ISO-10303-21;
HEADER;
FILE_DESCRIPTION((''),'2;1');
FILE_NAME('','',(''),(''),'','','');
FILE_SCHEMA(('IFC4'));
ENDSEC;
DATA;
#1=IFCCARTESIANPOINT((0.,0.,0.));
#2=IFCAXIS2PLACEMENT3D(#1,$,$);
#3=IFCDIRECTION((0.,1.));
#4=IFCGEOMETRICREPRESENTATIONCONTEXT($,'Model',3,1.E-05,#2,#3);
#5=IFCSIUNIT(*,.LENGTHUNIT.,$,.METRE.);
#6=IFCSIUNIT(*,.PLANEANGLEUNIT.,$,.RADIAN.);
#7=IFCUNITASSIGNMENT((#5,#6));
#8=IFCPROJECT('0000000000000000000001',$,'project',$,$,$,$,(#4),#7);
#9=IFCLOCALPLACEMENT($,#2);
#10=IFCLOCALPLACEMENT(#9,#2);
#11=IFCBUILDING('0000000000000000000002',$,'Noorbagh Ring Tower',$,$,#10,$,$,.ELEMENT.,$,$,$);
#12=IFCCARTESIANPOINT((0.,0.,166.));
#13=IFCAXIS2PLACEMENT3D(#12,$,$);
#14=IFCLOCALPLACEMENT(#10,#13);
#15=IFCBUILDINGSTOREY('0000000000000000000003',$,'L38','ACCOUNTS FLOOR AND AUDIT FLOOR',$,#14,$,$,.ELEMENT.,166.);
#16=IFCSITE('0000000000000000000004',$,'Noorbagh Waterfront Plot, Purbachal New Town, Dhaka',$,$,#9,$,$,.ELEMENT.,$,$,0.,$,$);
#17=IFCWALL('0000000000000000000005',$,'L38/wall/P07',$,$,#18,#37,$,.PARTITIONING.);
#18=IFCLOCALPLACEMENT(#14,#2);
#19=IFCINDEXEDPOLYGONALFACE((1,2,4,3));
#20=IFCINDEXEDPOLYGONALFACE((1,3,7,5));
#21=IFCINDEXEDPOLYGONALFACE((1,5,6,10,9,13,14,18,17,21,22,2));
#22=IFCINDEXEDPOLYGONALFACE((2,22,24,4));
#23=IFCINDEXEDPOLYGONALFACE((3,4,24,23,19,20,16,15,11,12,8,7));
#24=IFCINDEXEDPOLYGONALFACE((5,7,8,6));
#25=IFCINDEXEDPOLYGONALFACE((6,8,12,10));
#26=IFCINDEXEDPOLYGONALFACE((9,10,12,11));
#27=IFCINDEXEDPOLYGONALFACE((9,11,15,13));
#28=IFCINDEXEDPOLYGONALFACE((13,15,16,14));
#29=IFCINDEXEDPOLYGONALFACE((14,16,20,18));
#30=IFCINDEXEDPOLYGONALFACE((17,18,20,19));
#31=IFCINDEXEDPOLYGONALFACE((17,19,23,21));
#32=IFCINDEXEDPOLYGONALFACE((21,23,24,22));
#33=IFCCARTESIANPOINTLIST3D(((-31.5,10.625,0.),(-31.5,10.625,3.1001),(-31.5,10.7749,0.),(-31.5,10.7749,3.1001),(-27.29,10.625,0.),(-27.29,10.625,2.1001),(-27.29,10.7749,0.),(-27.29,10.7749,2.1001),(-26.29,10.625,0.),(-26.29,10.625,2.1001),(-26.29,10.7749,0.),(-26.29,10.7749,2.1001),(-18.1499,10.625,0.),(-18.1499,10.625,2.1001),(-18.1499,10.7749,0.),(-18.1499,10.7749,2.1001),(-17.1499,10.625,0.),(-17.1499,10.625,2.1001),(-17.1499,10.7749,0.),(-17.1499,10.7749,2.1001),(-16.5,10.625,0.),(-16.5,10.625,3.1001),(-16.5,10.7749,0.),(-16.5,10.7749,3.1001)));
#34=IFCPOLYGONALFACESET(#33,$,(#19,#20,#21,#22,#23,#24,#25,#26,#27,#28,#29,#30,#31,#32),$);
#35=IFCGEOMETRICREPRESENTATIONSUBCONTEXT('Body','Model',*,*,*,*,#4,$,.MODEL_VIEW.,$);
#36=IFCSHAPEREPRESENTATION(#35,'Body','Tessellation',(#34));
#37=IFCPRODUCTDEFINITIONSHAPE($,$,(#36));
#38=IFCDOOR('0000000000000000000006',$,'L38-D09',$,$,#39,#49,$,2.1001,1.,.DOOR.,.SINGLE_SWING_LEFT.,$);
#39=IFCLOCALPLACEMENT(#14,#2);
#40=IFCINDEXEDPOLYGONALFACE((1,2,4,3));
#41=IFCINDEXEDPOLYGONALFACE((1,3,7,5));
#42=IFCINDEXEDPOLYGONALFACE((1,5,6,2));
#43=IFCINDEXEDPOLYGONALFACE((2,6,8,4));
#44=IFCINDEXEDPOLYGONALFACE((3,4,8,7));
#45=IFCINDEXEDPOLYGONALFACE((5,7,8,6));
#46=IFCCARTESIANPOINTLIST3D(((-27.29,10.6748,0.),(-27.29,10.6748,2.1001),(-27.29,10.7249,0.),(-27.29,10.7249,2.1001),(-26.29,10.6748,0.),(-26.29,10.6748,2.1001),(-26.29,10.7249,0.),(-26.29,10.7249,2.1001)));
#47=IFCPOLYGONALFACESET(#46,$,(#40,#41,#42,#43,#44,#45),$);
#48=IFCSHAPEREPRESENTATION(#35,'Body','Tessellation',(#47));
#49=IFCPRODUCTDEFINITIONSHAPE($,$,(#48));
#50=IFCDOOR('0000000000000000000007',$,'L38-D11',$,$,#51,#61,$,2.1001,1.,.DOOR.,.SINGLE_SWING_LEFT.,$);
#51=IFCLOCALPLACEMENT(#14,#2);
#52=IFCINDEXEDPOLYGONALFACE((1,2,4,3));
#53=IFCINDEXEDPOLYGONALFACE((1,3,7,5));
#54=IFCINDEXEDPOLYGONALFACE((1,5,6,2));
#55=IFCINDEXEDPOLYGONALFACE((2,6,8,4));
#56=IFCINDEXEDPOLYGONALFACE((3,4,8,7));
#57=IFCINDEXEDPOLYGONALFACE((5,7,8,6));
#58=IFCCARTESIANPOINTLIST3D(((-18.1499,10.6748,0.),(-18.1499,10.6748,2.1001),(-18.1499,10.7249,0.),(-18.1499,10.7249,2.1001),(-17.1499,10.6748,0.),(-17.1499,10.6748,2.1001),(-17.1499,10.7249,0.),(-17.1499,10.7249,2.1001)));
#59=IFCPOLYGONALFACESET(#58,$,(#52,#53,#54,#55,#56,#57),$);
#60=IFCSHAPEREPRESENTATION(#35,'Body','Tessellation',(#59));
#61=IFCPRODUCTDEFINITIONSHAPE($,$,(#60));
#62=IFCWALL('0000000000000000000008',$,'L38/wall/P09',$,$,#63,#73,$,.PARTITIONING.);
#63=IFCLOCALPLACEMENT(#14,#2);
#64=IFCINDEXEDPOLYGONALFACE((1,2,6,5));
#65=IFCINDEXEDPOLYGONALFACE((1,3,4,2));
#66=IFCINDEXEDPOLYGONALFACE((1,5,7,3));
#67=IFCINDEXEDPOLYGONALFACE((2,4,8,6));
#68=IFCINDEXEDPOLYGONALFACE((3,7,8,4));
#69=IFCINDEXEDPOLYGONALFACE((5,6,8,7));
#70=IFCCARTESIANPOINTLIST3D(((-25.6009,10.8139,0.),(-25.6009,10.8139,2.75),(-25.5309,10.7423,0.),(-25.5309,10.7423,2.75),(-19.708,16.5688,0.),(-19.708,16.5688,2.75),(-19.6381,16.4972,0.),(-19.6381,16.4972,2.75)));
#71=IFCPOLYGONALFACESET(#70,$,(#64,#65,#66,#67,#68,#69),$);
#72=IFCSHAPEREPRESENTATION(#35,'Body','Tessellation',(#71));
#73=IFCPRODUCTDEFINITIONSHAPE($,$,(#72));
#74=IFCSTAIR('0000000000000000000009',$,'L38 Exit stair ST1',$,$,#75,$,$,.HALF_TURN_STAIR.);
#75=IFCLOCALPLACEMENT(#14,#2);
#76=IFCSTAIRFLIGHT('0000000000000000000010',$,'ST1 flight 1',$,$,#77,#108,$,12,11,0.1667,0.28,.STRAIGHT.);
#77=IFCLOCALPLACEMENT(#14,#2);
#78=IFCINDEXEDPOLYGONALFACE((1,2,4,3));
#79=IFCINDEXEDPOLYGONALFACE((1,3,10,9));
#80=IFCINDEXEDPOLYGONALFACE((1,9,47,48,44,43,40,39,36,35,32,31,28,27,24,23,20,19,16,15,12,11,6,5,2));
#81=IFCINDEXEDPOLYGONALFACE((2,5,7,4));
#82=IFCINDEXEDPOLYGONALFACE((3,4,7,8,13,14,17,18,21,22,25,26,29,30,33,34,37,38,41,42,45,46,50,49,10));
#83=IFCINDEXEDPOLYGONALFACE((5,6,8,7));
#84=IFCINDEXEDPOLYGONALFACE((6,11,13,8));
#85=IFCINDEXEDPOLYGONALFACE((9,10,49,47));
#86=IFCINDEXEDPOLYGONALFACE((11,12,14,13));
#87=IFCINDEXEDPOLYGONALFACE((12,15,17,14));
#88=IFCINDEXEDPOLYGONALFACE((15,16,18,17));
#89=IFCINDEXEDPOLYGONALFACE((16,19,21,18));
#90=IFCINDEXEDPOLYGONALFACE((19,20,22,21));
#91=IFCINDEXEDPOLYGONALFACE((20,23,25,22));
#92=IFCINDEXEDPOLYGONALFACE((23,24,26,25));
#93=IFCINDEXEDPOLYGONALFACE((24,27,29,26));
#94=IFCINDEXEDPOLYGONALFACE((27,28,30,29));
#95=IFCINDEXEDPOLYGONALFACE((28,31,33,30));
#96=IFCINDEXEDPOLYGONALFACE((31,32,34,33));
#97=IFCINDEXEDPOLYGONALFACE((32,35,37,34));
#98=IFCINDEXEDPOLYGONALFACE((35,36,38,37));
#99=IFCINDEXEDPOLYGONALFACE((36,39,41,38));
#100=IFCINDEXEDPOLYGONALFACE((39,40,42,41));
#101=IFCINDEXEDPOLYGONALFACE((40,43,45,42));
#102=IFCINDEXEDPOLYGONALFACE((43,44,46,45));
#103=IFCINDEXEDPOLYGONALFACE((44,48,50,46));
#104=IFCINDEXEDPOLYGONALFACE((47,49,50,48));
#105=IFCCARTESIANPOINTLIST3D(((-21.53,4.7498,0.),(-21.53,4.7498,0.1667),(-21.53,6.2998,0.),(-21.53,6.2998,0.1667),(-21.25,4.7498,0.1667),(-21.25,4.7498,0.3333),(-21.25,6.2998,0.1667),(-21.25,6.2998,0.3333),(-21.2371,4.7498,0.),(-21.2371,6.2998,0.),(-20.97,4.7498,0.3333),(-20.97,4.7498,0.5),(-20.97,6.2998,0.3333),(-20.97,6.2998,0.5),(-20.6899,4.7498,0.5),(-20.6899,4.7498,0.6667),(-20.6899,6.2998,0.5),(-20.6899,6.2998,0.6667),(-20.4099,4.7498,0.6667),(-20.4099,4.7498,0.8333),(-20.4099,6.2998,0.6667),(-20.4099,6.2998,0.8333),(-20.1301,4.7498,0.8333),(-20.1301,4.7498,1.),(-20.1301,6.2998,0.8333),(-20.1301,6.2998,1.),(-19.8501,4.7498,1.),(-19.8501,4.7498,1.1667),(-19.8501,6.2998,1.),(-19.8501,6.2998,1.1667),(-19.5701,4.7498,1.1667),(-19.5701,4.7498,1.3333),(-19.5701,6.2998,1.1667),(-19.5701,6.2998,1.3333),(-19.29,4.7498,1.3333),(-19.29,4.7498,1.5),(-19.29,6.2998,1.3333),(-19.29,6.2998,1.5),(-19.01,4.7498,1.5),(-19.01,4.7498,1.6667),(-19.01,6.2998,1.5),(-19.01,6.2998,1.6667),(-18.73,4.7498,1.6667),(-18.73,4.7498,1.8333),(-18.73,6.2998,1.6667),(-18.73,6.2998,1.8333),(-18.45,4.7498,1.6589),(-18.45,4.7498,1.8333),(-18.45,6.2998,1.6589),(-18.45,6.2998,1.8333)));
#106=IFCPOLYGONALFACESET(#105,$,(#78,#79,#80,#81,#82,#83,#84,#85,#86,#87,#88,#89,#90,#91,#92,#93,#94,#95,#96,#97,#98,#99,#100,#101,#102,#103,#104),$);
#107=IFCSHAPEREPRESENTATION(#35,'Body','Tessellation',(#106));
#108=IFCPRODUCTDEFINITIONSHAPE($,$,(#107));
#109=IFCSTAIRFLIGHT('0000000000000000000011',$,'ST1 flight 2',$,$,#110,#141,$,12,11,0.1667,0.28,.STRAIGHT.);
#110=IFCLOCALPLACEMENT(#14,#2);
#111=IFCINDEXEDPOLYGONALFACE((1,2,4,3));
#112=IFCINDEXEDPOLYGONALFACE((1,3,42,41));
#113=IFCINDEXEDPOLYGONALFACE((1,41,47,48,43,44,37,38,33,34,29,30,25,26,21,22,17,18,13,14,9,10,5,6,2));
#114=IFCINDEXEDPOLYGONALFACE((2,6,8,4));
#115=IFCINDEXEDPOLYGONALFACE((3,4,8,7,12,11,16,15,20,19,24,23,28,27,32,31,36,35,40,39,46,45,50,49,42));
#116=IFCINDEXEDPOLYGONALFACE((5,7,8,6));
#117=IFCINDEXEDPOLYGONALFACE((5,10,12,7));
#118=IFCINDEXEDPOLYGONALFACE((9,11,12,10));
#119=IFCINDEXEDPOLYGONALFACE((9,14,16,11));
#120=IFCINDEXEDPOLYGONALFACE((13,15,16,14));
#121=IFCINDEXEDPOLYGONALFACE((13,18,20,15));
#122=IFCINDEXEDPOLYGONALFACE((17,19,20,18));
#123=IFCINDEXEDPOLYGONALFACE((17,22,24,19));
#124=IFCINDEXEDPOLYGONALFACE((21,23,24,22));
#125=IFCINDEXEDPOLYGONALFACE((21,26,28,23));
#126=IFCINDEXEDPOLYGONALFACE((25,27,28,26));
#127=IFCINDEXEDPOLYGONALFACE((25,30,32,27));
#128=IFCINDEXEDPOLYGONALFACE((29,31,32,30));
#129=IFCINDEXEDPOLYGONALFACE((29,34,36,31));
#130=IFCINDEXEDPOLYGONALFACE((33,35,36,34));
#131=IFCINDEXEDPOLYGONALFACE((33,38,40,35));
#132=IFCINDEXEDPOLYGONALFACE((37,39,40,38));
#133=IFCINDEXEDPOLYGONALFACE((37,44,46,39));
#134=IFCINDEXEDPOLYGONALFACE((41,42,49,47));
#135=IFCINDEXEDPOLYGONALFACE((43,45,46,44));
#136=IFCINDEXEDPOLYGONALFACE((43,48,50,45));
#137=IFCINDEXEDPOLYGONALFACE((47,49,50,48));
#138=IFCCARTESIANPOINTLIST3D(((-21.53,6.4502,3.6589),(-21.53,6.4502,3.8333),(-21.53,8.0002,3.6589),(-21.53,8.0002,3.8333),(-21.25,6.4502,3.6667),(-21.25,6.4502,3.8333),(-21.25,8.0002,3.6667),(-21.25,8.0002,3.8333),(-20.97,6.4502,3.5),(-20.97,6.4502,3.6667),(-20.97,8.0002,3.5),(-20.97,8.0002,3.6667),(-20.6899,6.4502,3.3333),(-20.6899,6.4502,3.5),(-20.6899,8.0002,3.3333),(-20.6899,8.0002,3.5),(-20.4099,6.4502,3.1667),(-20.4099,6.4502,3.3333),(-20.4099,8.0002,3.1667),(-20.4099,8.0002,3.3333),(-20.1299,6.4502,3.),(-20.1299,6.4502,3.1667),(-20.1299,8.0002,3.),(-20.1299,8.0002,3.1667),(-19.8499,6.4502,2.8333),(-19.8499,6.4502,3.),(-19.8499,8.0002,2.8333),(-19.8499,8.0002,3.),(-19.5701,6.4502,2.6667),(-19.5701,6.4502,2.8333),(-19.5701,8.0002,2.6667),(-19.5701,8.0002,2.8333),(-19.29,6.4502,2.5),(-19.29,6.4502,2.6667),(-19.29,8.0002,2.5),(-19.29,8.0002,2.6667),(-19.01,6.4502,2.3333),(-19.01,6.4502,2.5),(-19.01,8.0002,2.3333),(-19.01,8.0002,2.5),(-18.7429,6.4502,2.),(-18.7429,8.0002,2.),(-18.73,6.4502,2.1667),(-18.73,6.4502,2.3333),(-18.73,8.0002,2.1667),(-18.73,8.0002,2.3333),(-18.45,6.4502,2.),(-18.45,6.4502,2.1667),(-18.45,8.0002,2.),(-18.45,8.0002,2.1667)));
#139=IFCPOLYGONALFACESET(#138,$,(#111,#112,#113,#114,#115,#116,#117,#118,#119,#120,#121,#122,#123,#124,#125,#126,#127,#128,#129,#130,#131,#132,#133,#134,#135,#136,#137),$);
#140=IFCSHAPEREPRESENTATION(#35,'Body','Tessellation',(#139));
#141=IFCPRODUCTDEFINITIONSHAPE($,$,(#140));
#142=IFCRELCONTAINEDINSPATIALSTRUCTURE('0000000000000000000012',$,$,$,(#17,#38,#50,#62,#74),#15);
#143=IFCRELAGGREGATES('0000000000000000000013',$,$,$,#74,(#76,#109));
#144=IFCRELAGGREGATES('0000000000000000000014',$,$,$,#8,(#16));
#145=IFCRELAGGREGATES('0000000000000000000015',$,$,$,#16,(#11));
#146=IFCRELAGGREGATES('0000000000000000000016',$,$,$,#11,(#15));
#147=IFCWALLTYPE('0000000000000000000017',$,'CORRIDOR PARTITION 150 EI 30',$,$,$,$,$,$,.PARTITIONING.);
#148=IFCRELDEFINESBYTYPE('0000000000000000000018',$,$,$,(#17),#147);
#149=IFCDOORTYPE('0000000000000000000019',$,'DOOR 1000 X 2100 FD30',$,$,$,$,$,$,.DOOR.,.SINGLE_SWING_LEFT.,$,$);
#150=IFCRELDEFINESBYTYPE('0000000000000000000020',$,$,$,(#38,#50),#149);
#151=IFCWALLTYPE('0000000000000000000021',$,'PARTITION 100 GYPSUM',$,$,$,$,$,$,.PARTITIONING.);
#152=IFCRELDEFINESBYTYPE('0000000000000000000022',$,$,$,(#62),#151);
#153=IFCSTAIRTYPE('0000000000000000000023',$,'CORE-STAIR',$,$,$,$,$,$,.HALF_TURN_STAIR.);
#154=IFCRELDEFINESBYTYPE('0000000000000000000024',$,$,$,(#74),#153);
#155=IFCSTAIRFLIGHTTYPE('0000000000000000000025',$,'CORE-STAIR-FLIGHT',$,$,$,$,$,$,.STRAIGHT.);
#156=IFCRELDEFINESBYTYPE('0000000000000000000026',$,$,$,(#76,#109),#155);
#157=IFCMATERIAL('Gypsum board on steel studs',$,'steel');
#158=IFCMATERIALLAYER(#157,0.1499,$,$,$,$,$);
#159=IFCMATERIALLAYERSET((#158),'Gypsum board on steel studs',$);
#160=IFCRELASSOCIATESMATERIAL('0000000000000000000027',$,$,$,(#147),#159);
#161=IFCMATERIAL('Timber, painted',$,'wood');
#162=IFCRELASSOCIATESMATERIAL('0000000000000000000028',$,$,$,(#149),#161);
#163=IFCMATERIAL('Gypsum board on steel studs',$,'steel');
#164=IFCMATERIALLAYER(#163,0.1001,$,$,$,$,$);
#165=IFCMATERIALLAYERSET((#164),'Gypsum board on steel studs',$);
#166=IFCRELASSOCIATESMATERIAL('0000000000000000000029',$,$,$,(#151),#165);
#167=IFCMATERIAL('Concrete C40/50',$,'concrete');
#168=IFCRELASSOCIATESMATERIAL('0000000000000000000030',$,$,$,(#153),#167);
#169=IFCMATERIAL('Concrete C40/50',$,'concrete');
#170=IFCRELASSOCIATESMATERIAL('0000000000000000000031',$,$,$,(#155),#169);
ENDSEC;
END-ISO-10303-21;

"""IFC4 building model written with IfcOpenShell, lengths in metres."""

from ifc_helpers import new_model, si_unit, direction, frame, frame_2d, origin, place, context, subcontext, project, spatial, polyline, rectangle, outline, extrude, material, layer, layer_set, type_object, element, fill, aggregate, save


model = new_model("IFC4")

# Units and contexts
model_context = context("Model", 3, precision=1e-05, world=origin(), true_north=direction((0.0, 1.0)))
body_context = subcontext(model_context, "Body", "Model", "MODEL_VIEW")
ifc_project = project(units=[si_unit("LENGTHUNIT", "METRE"), si_unit("PLANEANGLEUNIT", "RADIAN")], contexts=[model_context])

# Site, building, storey
site_placement = place(None, origin())
site = spatial("IfcSite", under=ifc_project, at=site_placement, Name="Noorbagh Waterfront Plot, Purbachal New Town, Dhaka", CompositionType="ELEMENT", RefElevation=0.0)
building_placement = place(site_placement, origin())
building = spatial("IfcBuilding", under=site, at=building_placement, Name="Noorbagh Ring Tower", CompositionType="ELEMENT")
storey_placement = place(building_placement, frame((0.0, 0.0, 166.0)))
storey = spatial("IfcBuildingStorey", under=building, at=storey_placement, Name="L38", Description="ACCOUNTS FLOOR AND AUDIT FLOOR", CompositionType="ELEMENT", Elevation=166.0)

# Shared definitions
ifc_material_1 = material(Name="Gypsum board on steel studs", Category="steel")
ifc_layer_1 = layer(ifc_material_1, 0.1499)
ifc_layer_set_1 = layer_set([ifc_layer_1], Name="Gypsum board on steel studs")
wall_type_1 = type_object("IfcWallType", Name="CORRIDOR PARTITION 150 EI 30", PredefinedType="PARTITIONING", material=ifc_layer_set_1)
ifc_material_2 = material(Name="Timber, painted", Category="wood")
door_type_1 = type_object("IfcDoorType", Name="DOOR 1000 X 2100 FD30", OperationType="SINGLE_SWING_LEFT", PredefinedType="DOOR", material=ifc_material_2)

# Wall, openings, doors
wall_1_placement = place(storey_placement, frame((-31.5, 10.7, 0.0), z_axis=(0.0, 0.0, 1.0), x_axis=(1.0, 0.0, 0.0)))
wall_1 = element("IfcWall", 1, at=wall_1_placement, inside=storey, type_object=wall_type_1, Name="L38/wall/P07", PredefinedType="PARTITIONING", context=body_context, shape_type="SweptSolid", body=[
    extrude(rectangle(XDim=15.0, YDim=0.1499, at=frame_2d((7.5, 0.0))), origin(), (0.0, 0.0, 1.0), 3.1001),
])
opening_1_placement = place(wall_1_placement, frame((4.21, 0.0, 0.0)))
opening_1 = element("IfcOpeningElement", 2, at=opening_1_placement, cuts=wall_1, PredefinedType="OPENING", context=body_context, shape_type="SweptSolid", body=[
    extrude(rectangle(XDim=1.0, YDim=2.1001, at=frame_2d((0.5, 1.05))), frame((0.0, 0.085, 0.0), z_axis=(0.0, -1.0, 0.0), x_axis=(1.0, 0.0, 0.0)), (0.0, 0.0, 1.0), 0.1699),
])
opening_2_placement = place(wall_1_placement, frame((13.3501, 0.0, 0.0)))
opening_2 = element("IfcOpeningElement", 3, at=opening_2_placement, cuts=wall_1, PredefinedType="OPENING", context=body_context, shape_type="SweptSolid", body=[
    extrude(rectangle(XDim=1.0, YDim=2.1001, at=frame_2d((0.5, 1.05))), frame((0.0, 0.085, 0.0), z_axis=(0.0, -1.0, 0.0), x_axis=(1.0, 0.0, 0.0)), (0.0, 0.0, 1.0), 0.1699),
])
door_1_placement = place(opening_1_placement, origin())
door_1 = element("IfcDoor", 4, at=door_1_placement, inside=storey, type_object=door_type_1, Name="L38-D09", OperationType="SINGLE_SWING_LEFT", OverallHeight=2.1001, OverallWidth=1.0, PredefinedType="DOOR", context=body_context, shape_type="SweptSolid", body=[
    extrude(rectangle(XDim=1.0, YDim=2.1001, at=frame_2d((0.5, 1.05))), frame((0.0, 0.0249, 0.0), z_axis=(0.0, -1.0, 0.0), x_axis=(1.0, 0.0, 0.0)), (0.0, 0.0, 1.0), 0.05),
])
fill(opening_1, door_1)
door_2_placement = place(opening_2_placement, origin())
door_2 = element("IfcDoor", 5, at=door_2_placement, inside=storey, type_object=door_type_1, Name="L38-D11", OperationType="SINGLE_SWING_LEFT", OverallHeight=2.1001, OverallWidth=1.0, PredefinedType="DOOR", context=body_context, shape_type="SweptSolid", body=[
    extrude(rectangle(XDim=1.0, YDim=2.1001, at=frame_2d((0.5, 1.05))), frame((0.0, 0.0249, 0.0), z_axis=(0.0, -1.0, 0.0), x_axis=(1.0, 0.0, 0.0)), (0.0, 0.0, 1.0), 0.05),
])
fill(opening_2, door_2)

# Wall
ifc_material_3 = material(Name="Gypsum board on steel studs", Category="steel")
ifc_layer_2 = layer(ifc_material_3, 0.1001)
ifc_layer_set_2 = layer_set([ifc_layer_2], Name="Gypsum board on steel studs")
wall_type_2 = type_object("IfcWallType", Name="PARTITION 100 GYPSUM", PredefinedType="PARTITIONING", material=ifc_layer_set_2)
wall_2_placement = place(storey_placement, frame((-25.5659, 10.7781, 0.0), z_axis=(0.0, 0.0, 1.0), x_axis=(0.715431, 0.698684, 0.0)))
element("IfcWall", 6, at=wall_2_placement, inside=storey, type_object=wall_type_2, Name="L38/wall/P09", PredefinedType="PARTITIONING", context=body_context, shape_type="SweptSolid", body=[
    extrude(rectangle(XDim=8.2368, YDim=0.1001, at=frame_2d((4.1184, 0.0))), origin(), (0.0, 0.0, 1.0), 2.75),
])

# Stair, stair flights
ifc_material_4 = material(Name="Concrete C40/50", Category="concrete")
stair_type = type_object("IfcStairType", Name="CORE-STAIR", PredefinedType="HALF_TURN_STAIR", material=ifc_material_4)
stair_placement = place(storey_placement, origin())
stair = element("IfcStair", 7, at=stair_placement, inside=storey, type_object=stair_type, Name="L38 Exit stair ST1", PredefinedType="HALF_TURN_STAIR")
ifc_material_5 = material(Name="Concrete C40/50", Category="concrete")
stair_flight_type = type_object("IfcStairFlightType", Name="CORE-STAIR-FLIGHT", PredefinedType="STRAIGHT", material=ifc_material_5)
stair_flight_1_placement = place(storey_placement, frame((-21.53, 5.5249, 0.0), z_axis=(0.0, 0.0, 1.0), x_axis=(1.0, 0.0, 0.0)))
stair_flight_1 = element("IfcStairFlight", 8, at=stair_flight_1_placement, type_object=stair_flight_type, Name="ST1 flight 1", NumberOfRisers=12, NumberOfTreads=11, PredefinedType="STRAIGHT", RiserHeight=0.1667, TreadLength=0.28, context=body_context, shape_type="SweptSolid", body=[
    extrude(outline(polyline([(0.0, 0.0), (0.0, 0.1667), (0.28, 0.1667), (0.28, 0.3333), (0.5601, 0.3333), (0.5601, 0.5), (0.8401, 0.5), (0.8401, 0.6667), (1.1201, 0.6667), (1.1201, 0.8333), (1.3999, 0.8333), (1.3999, 1.0), (1.6799, 1.0), (1.6799, 1.1667), (1.96, 1.1667), (1.96, 1.3333), (2.24, 1.3333), (2.24, 1.5), (2.52, 1.5), (2.52, 1.6667), (2.8, 1.6667), (2.8, 1.8333), (3.0801, 1.8333), (3.0801, 2.0), (3.0801, 1.6589), (0.293, 0.0), (0.0, 0.0)])), frame((0.0, 0.7749, 0.0), z_axis=(0.0, -1.0, 0.0), x_axis=(1.0, 0.0, 0.0)), (0.0, 0.0, 1.0), 1.55),
])
stair_flight_2_placement = place(storey_placement, frame((-18.45, 7.2251, 2.0), z_axis=(0.0, 0.0, 1.0), x_axis=(-1.0, 0.0, 0.0)))
stair_flight_2 = element("IfcStairFlight", 9, at=stair_flight_2_placement, type_object=stair_flight_type, Name="ST1 flight 2", NumberOfRisers=12, NumberOfTreads=11, PredefinedType="STRAIGHT", RiserHeight=0.1667, TreadLength=0.28, context=body_context, shape_type="SweptSolid", body=[
    extrude(outline(polyline([(0.0, 0.0), (0.0, 0.1667), (0.28, 0.1667), (0.28, 0.3333), (0.5601, 0.3333), (0.5601, 0.5), (0.8401, 0.5), (0.8401, 0.6667), (1.1201, 0.6667), (1.1201, 0.8333), (1.3999, 0.8333), (1.3999, 1.0), (1.6799, 1.0), (1.6799, 1.1667), (1.96, 1.1667), (1.96, 1.3333), (2.24, 1.3333), (2.24, 1.5), (2.52, 1.5), (2.52, 1.6667), (2.8, 1.6667), (2.8, 1.8333), (3.0801, 1.8333), (3.0801, 2.0), (3.0801, 1.6589), (0.293, 0.0), (0.0, 0.0)])), frame((0.0, 0.7749, 0.0), z_axis=(0.0, -1.0, 0.0), x_axis=(1.0, 0.0, 0.0)), (0.0, 0.0, 1.0), 1.55),
])
aggregate(stair, [stair_flight_1, stair_flight_2])

save(model, "model.ifc")
